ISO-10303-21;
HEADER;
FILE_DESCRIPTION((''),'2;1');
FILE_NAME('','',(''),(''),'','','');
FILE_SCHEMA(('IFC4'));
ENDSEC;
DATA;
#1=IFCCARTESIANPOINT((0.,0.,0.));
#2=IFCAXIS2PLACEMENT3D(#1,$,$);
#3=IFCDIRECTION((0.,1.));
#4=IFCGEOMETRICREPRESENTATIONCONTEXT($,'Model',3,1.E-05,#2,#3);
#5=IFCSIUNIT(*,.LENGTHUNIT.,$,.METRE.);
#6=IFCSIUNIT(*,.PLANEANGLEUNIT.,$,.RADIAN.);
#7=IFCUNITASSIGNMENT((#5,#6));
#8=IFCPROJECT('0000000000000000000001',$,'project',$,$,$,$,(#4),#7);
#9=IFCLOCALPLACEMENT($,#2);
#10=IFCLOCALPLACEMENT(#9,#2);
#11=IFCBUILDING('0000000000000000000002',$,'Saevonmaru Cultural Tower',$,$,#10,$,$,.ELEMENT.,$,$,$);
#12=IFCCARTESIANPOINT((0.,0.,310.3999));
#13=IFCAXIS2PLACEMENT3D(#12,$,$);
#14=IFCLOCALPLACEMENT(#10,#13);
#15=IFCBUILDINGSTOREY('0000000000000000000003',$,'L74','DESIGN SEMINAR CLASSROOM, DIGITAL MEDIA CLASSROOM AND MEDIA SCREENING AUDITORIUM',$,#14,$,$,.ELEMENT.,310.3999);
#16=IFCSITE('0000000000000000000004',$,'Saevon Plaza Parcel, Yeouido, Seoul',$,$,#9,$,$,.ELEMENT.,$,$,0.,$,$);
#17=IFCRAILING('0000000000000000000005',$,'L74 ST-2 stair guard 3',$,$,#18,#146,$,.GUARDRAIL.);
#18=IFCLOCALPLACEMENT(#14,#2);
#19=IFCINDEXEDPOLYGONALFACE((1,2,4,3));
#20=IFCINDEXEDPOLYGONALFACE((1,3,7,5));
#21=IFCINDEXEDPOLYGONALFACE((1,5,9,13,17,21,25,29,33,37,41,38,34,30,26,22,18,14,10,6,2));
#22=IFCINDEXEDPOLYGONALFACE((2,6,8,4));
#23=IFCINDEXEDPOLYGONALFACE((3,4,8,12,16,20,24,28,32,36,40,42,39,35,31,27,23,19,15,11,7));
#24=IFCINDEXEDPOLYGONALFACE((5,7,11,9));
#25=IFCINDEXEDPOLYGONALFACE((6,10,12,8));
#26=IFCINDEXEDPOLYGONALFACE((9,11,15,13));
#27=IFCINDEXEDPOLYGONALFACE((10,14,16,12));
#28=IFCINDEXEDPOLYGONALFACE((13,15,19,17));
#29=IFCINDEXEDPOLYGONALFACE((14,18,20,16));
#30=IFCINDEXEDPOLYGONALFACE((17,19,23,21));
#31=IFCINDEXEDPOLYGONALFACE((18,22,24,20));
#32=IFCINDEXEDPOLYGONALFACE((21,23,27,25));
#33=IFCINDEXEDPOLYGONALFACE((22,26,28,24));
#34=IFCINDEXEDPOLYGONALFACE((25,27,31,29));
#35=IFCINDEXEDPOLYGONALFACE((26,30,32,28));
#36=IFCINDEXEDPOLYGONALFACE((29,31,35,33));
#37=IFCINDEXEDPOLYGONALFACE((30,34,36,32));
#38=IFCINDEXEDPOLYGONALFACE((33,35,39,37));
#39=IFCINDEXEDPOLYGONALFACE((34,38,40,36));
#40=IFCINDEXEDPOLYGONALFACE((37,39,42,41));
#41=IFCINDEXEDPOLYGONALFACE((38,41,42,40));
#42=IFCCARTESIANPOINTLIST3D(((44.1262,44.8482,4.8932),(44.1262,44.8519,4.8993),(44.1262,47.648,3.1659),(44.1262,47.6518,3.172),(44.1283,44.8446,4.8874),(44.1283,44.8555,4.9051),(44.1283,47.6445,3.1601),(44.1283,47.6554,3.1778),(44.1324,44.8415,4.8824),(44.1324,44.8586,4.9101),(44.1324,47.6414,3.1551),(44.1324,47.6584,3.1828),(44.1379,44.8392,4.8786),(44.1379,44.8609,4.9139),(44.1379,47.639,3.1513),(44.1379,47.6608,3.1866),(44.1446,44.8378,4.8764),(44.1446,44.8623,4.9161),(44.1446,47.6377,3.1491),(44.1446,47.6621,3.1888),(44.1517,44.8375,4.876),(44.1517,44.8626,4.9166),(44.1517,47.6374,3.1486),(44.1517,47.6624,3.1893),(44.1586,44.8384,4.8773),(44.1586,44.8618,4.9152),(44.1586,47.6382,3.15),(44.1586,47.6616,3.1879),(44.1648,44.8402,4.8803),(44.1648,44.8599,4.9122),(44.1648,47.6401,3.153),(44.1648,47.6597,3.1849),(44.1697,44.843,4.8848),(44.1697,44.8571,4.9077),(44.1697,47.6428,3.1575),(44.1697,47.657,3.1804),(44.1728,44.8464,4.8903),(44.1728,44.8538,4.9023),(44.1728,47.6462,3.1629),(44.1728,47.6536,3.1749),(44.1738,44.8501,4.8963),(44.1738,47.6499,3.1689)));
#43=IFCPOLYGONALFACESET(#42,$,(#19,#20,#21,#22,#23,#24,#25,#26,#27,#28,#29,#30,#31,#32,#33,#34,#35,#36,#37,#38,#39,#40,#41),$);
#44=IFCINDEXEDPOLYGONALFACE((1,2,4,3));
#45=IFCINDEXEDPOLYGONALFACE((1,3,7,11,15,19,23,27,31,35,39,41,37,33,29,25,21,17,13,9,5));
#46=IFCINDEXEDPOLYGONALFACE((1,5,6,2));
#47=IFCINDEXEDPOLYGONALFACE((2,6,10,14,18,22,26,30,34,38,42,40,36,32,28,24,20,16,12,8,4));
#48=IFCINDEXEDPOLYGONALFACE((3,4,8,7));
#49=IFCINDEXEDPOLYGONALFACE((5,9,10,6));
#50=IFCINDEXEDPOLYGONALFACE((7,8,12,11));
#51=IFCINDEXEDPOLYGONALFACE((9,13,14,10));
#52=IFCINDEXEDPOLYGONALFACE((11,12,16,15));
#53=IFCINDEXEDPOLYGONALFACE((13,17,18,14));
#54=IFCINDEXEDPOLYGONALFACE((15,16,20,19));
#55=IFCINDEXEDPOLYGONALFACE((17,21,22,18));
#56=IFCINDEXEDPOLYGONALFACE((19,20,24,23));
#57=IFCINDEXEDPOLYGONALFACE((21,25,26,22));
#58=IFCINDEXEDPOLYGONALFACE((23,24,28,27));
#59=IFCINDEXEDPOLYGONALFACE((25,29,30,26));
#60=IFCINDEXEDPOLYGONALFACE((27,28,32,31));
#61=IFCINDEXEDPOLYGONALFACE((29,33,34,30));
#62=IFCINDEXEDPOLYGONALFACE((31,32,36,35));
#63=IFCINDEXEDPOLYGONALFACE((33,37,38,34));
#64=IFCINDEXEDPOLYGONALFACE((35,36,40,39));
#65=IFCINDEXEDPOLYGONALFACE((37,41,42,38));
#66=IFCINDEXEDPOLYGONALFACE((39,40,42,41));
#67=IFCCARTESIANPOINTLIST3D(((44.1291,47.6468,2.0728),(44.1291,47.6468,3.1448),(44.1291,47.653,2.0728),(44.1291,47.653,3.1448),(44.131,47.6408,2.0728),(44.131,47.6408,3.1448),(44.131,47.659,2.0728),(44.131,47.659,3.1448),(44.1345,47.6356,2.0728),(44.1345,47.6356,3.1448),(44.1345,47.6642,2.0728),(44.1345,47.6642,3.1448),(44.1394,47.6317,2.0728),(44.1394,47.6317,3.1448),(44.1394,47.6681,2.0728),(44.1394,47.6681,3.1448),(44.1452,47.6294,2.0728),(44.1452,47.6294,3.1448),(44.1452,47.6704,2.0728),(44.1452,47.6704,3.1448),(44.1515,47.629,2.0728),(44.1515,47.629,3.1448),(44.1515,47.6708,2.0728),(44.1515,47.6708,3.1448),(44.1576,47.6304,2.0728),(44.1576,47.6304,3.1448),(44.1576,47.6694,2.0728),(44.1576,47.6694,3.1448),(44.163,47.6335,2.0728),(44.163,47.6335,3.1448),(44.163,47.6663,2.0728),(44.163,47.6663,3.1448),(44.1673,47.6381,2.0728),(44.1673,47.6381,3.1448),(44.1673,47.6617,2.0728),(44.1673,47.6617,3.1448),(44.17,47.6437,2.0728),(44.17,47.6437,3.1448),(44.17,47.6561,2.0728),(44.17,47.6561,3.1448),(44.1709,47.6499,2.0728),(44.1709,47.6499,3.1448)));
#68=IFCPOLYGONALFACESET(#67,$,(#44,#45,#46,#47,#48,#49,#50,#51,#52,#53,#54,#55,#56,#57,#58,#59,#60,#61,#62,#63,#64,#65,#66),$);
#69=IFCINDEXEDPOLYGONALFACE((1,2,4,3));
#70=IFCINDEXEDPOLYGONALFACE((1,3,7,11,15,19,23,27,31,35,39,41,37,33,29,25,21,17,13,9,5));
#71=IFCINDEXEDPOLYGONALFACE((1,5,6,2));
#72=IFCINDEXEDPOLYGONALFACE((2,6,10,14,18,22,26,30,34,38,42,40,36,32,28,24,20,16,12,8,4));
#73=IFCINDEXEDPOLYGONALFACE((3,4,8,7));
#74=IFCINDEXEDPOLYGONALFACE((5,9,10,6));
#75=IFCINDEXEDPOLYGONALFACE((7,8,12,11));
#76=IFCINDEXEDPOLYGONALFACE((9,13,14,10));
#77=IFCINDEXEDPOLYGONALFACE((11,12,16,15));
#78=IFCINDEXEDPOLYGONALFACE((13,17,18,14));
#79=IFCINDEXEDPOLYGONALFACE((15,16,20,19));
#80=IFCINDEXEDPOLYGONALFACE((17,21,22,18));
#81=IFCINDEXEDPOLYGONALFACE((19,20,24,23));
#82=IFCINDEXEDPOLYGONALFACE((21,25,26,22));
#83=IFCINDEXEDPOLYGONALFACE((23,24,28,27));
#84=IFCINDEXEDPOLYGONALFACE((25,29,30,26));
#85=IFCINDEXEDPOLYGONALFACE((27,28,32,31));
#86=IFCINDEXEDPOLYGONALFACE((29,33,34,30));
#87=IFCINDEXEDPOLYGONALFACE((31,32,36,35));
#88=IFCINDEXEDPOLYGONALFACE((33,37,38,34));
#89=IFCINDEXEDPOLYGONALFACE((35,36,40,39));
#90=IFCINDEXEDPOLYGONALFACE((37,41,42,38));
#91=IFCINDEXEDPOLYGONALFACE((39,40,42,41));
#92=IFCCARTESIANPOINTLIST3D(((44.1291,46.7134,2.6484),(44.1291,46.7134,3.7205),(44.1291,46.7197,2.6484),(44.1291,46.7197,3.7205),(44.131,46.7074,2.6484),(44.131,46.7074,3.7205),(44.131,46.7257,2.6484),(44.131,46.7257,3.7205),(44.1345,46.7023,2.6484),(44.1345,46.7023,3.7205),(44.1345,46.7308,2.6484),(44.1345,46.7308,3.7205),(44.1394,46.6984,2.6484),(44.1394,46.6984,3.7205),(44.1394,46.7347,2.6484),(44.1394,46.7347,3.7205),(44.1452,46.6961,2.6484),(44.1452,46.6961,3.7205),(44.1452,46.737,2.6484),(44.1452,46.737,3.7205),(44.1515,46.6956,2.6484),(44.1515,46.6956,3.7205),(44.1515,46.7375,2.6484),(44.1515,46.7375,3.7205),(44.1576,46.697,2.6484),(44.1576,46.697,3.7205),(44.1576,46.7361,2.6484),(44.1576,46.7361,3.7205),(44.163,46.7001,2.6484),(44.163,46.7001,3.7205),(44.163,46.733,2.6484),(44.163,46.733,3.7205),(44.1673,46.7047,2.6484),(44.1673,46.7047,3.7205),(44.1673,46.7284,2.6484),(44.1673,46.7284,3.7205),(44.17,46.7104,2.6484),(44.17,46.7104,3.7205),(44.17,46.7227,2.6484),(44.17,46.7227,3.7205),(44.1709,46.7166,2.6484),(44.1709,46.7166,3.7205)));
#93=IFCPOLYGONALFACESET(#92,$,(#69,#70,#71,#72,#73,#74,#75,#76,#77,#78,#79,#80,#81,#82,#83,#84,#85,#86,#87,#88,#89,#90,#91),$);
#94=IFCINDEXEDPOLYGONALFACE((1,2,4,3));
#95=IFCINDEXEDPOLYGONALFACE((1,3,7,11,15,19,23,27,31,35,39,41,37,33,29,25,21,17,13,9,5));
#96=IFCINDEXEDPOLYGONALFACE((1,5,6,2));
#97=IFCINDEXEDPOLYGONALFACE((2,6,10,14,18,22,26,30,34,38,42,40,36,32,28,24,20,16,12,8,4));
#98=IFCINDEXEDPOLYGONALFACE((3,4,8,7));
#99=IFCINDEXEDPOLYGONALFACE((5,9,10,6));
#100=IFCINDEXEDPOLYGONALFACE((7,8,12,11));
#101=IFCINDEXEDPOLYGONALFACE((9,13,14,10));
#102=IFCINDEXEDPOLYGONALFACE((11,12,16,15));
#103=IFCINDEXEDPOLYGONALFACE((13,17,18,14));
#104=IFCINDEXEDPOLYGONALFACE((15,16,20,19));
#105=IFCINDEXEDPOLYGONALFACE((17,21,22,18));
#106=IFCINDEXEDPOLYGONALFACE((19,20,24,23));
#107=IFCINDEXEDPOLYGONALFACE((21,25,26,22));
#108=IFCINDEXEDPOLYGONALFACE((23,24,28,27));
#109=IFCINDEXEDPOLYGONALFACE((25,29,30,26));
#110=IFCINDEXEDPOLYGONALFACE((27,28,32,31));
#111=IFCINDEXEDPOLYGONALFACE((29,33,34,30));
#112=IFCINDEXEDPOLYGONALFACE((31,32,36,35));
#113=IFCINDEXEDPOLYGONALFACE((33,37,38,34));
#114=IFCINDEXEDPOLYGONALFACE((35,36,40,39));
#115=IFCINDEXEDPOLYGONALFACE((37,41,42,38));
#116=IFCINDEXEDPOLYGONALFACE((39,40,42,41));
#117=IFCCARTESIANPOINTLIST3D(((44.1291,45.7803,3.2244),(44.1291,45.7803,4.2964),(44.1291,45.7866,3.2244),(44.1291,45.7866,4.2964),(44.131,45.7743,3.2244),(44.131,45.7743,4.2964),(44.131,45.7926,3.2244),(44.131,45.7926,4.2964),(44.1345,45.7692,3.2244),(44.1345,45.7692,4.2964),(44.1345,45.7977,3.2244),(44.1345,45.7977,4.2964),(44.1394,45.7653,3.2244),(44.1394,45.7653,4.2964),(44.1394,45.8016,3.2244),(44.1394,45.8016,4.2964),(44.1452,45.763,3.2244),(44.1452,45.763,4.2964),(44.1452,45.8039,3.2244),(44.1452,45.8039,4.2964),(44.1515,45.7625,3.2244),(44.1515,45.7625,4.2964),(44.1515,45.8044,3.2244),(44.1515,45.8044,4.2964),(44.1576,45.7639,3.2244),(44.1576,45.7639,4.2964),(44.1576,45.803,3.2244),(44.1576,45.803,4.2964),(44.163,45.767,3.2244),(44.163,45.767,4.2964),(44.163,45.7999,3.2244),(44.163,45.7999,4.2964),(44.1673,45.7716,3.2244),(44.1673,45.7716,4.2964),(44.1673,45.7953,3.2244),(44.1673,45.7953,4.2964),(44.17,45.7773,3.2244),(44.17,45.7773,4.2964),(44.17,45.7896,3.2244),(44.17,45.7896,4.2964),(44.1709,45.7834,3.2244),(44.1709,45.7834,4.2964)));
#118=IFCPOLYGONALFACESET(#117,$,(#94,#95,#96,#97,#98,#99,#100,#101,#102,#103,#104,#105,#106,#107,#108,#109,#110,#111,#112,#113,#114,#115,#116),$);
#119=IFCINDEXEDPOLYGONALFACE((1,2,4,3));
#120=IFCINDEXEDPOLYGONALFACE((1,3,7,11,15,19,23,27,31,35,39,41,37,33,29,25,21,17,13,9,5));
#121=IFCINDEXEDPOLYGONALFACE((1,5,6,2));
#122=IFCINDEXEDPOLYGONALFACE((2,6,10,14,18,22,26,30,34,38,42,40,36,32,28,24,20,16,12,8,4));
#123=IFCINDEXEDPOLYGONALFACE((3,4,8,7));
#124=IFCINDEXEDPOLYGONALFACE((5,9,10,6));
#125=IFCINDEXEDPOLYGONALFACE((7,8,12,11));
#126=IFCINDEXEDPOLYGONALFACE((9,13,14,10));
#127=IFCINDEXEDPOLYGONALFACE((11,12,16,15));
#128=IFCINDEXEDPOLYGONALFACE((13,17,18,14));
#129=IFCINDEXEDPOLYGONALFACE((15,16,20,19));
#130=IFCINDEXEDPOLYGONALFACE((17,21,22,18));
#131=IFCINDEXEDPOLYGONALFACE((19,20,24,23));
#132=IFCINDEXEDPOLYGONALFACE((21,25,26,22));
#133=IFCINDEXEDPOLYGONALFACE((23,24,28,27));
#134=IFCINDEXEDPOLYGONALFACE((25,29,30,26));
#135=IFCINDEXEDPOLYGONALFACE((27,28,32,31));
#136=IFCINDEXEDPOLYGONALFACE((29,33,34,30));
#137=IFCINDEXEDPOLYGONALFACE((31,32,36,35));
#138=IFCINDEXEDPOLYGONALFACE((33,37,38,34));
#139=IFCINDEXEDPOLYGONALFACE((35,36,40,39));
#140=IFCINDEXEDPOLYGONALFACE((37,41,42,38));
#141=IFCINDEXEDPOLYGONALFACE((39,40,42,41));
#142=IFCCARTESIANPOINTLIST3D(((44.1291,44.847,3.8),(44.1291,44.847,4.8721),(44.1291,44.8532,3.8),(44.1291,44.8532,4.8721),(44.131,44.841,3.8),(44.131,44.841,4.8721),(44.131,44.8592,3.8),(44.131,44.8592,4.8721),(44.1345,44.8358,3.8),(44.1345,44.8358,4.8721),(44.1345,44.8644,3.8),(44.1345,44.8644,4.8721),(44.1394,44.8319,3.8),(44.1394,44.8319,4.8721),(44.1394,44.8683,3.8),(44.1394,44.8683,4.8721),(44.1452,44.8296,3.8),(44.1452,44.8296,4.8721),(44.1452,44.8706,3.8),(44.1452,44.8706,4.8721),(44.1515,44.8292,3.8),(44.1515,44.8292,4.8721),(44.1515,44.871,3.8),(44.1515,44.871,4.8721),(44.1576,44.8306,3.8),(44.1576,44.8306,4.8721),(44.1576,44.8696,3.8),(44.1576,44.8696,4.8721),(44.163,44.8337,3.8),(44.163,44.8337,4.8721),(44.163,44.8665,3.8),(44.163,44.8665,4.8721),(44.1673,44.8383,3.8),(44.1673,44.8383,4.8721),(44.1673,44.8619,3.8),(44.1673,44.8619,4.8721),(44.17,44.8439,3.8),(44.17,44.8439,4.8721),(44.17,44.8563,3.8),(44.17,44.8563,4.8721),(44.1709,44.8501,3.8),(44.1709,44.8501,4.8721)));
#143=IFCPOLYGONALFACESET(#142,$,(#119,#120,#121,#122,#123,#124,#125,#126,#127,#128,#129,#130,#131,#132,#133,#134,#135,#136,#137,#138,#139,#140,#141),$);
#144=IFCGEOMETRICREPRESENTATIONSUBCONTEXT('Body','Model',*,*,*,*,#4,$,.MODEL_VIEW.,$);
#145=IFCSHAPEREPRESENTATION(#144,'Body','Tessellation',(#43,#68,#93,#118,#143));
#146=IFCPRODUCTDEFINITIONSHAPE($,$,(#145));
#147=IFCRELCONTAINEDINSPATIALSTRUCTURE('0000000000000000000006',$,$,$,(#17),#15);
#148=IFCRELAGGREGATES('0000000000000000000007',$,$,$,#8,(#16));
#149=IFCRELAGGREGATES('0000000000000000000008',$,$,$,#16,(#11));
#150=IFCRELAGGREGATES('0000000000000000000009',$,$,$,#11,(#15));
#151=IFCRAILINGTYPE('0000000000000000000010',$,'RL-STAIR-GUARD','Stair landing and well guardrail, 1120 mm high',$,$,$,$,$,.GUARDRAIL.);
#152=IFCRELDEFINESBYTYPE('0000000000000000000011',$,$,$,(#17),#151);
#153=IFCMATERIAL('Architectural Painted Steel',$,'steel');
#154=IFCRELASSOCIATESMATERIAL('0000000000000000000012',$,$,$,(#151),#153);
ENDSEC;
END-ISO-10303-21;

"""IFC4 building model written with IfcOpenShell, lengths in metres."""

from ifc_helpers import new_model, si_unit, direction, frame, origin, origin_2d, place, context, subcontext, project, spatial, circle, extrude, material, type_object, element, save


model = new_model("IFC4")

# Units and contexts
model_context = context("Model", 3, precision=1e-05, world=origin(), true_north=direction((0.0, 1.0)))
body_context = subcontext(model_context, "Body", "Model", "MODEL_VIEW")
ifc_project = project(units=[si_unit("LENGTHUNIT", "METRE"), si_unit("PLANEANGLEUNIT", "RADIAN")], contexts=[model_context])

# Site, building, storey
site_placement = place(None, origin())
site = spatial("IfcSite", under=ifc_project, at=site_placement, Name="Saevon Plaza Parcel, Yeouido, Seoul", CompositionType="ELEMENT", RefElevation=0.0)
building_placement = place(site_placement, origin())
building = spatial("IfcBuilding", under=site, at=building_placement, Name="Saevonmaru Cultural Tower", CompositionType="ELEMENT")
storey_placement = place(building_placement, frame((0.0, 0.0, 310.3999)))
storey = spatial("IfcBuildingStorey", under=building, at=storey_placement, Name="L74", Description="DESIGN SEMINAR CLASSROOM, DIGITAL MEDIA CLASSROOM AND MEDIA SCREENING AUDITORIUM", CompositionType="ELEMENT", Elevation=310.3999)

# Railing
ifc_material_1 = material(Name="Architectural Painted Steel", Category="steel")
railing_type_1 = type_object("IfcRailingType", Name="RL-STAIR-GUARD", Description="Stair landing and well guardrail, 1120 mm high", PredefinedType="GUARDRAIL", material=ifc_material_1)
railing_1_placement = place(storey_placement, frame((44.1499, 47.6499, 2.0728)))
element("IfcRailing", 1, at=railing_1_placement, inside=storey, type_object=railing_type_1, Name="L74 ST-2 stair guard 3", PredefinedType="GUARDRAIL", context=body_context, shape_type="SweptSolid", body=[
    extrude(circle(Radius=0.0239, at=origin_2d()), frame((0.0, 0.0, 1.0962), z_axis=(0.0, -0.851069, 0.525054), x_axis=(1.0, 0.0, 0.0)), (0.0, 0.0, 1.0), 3.2898),
    extrude(circle(Radius=0.021, at=origin_2d()), origin(), (0.0, 0.0, 1.0), 1.072),
    extrude(circle(Radius=0.021, at=origin_2d()), frame((0.0, -0.9333, 0.5757)), (0.0, 0.0, 1.0), 1.072),
    extrude(circle(Radius=0.021, at=origin_2d()), frame((0.0, -1.8665, 1.1516)), (0.0, 0.0, 1.0), 1.072),
    extrude(circle(Radius=0.021, at=origin_2d()), frame((0.0, -2.7998, 1.7273)), (0.0, 0.0, 1.0), 1.072),
])

save(model, "model.ifc")
